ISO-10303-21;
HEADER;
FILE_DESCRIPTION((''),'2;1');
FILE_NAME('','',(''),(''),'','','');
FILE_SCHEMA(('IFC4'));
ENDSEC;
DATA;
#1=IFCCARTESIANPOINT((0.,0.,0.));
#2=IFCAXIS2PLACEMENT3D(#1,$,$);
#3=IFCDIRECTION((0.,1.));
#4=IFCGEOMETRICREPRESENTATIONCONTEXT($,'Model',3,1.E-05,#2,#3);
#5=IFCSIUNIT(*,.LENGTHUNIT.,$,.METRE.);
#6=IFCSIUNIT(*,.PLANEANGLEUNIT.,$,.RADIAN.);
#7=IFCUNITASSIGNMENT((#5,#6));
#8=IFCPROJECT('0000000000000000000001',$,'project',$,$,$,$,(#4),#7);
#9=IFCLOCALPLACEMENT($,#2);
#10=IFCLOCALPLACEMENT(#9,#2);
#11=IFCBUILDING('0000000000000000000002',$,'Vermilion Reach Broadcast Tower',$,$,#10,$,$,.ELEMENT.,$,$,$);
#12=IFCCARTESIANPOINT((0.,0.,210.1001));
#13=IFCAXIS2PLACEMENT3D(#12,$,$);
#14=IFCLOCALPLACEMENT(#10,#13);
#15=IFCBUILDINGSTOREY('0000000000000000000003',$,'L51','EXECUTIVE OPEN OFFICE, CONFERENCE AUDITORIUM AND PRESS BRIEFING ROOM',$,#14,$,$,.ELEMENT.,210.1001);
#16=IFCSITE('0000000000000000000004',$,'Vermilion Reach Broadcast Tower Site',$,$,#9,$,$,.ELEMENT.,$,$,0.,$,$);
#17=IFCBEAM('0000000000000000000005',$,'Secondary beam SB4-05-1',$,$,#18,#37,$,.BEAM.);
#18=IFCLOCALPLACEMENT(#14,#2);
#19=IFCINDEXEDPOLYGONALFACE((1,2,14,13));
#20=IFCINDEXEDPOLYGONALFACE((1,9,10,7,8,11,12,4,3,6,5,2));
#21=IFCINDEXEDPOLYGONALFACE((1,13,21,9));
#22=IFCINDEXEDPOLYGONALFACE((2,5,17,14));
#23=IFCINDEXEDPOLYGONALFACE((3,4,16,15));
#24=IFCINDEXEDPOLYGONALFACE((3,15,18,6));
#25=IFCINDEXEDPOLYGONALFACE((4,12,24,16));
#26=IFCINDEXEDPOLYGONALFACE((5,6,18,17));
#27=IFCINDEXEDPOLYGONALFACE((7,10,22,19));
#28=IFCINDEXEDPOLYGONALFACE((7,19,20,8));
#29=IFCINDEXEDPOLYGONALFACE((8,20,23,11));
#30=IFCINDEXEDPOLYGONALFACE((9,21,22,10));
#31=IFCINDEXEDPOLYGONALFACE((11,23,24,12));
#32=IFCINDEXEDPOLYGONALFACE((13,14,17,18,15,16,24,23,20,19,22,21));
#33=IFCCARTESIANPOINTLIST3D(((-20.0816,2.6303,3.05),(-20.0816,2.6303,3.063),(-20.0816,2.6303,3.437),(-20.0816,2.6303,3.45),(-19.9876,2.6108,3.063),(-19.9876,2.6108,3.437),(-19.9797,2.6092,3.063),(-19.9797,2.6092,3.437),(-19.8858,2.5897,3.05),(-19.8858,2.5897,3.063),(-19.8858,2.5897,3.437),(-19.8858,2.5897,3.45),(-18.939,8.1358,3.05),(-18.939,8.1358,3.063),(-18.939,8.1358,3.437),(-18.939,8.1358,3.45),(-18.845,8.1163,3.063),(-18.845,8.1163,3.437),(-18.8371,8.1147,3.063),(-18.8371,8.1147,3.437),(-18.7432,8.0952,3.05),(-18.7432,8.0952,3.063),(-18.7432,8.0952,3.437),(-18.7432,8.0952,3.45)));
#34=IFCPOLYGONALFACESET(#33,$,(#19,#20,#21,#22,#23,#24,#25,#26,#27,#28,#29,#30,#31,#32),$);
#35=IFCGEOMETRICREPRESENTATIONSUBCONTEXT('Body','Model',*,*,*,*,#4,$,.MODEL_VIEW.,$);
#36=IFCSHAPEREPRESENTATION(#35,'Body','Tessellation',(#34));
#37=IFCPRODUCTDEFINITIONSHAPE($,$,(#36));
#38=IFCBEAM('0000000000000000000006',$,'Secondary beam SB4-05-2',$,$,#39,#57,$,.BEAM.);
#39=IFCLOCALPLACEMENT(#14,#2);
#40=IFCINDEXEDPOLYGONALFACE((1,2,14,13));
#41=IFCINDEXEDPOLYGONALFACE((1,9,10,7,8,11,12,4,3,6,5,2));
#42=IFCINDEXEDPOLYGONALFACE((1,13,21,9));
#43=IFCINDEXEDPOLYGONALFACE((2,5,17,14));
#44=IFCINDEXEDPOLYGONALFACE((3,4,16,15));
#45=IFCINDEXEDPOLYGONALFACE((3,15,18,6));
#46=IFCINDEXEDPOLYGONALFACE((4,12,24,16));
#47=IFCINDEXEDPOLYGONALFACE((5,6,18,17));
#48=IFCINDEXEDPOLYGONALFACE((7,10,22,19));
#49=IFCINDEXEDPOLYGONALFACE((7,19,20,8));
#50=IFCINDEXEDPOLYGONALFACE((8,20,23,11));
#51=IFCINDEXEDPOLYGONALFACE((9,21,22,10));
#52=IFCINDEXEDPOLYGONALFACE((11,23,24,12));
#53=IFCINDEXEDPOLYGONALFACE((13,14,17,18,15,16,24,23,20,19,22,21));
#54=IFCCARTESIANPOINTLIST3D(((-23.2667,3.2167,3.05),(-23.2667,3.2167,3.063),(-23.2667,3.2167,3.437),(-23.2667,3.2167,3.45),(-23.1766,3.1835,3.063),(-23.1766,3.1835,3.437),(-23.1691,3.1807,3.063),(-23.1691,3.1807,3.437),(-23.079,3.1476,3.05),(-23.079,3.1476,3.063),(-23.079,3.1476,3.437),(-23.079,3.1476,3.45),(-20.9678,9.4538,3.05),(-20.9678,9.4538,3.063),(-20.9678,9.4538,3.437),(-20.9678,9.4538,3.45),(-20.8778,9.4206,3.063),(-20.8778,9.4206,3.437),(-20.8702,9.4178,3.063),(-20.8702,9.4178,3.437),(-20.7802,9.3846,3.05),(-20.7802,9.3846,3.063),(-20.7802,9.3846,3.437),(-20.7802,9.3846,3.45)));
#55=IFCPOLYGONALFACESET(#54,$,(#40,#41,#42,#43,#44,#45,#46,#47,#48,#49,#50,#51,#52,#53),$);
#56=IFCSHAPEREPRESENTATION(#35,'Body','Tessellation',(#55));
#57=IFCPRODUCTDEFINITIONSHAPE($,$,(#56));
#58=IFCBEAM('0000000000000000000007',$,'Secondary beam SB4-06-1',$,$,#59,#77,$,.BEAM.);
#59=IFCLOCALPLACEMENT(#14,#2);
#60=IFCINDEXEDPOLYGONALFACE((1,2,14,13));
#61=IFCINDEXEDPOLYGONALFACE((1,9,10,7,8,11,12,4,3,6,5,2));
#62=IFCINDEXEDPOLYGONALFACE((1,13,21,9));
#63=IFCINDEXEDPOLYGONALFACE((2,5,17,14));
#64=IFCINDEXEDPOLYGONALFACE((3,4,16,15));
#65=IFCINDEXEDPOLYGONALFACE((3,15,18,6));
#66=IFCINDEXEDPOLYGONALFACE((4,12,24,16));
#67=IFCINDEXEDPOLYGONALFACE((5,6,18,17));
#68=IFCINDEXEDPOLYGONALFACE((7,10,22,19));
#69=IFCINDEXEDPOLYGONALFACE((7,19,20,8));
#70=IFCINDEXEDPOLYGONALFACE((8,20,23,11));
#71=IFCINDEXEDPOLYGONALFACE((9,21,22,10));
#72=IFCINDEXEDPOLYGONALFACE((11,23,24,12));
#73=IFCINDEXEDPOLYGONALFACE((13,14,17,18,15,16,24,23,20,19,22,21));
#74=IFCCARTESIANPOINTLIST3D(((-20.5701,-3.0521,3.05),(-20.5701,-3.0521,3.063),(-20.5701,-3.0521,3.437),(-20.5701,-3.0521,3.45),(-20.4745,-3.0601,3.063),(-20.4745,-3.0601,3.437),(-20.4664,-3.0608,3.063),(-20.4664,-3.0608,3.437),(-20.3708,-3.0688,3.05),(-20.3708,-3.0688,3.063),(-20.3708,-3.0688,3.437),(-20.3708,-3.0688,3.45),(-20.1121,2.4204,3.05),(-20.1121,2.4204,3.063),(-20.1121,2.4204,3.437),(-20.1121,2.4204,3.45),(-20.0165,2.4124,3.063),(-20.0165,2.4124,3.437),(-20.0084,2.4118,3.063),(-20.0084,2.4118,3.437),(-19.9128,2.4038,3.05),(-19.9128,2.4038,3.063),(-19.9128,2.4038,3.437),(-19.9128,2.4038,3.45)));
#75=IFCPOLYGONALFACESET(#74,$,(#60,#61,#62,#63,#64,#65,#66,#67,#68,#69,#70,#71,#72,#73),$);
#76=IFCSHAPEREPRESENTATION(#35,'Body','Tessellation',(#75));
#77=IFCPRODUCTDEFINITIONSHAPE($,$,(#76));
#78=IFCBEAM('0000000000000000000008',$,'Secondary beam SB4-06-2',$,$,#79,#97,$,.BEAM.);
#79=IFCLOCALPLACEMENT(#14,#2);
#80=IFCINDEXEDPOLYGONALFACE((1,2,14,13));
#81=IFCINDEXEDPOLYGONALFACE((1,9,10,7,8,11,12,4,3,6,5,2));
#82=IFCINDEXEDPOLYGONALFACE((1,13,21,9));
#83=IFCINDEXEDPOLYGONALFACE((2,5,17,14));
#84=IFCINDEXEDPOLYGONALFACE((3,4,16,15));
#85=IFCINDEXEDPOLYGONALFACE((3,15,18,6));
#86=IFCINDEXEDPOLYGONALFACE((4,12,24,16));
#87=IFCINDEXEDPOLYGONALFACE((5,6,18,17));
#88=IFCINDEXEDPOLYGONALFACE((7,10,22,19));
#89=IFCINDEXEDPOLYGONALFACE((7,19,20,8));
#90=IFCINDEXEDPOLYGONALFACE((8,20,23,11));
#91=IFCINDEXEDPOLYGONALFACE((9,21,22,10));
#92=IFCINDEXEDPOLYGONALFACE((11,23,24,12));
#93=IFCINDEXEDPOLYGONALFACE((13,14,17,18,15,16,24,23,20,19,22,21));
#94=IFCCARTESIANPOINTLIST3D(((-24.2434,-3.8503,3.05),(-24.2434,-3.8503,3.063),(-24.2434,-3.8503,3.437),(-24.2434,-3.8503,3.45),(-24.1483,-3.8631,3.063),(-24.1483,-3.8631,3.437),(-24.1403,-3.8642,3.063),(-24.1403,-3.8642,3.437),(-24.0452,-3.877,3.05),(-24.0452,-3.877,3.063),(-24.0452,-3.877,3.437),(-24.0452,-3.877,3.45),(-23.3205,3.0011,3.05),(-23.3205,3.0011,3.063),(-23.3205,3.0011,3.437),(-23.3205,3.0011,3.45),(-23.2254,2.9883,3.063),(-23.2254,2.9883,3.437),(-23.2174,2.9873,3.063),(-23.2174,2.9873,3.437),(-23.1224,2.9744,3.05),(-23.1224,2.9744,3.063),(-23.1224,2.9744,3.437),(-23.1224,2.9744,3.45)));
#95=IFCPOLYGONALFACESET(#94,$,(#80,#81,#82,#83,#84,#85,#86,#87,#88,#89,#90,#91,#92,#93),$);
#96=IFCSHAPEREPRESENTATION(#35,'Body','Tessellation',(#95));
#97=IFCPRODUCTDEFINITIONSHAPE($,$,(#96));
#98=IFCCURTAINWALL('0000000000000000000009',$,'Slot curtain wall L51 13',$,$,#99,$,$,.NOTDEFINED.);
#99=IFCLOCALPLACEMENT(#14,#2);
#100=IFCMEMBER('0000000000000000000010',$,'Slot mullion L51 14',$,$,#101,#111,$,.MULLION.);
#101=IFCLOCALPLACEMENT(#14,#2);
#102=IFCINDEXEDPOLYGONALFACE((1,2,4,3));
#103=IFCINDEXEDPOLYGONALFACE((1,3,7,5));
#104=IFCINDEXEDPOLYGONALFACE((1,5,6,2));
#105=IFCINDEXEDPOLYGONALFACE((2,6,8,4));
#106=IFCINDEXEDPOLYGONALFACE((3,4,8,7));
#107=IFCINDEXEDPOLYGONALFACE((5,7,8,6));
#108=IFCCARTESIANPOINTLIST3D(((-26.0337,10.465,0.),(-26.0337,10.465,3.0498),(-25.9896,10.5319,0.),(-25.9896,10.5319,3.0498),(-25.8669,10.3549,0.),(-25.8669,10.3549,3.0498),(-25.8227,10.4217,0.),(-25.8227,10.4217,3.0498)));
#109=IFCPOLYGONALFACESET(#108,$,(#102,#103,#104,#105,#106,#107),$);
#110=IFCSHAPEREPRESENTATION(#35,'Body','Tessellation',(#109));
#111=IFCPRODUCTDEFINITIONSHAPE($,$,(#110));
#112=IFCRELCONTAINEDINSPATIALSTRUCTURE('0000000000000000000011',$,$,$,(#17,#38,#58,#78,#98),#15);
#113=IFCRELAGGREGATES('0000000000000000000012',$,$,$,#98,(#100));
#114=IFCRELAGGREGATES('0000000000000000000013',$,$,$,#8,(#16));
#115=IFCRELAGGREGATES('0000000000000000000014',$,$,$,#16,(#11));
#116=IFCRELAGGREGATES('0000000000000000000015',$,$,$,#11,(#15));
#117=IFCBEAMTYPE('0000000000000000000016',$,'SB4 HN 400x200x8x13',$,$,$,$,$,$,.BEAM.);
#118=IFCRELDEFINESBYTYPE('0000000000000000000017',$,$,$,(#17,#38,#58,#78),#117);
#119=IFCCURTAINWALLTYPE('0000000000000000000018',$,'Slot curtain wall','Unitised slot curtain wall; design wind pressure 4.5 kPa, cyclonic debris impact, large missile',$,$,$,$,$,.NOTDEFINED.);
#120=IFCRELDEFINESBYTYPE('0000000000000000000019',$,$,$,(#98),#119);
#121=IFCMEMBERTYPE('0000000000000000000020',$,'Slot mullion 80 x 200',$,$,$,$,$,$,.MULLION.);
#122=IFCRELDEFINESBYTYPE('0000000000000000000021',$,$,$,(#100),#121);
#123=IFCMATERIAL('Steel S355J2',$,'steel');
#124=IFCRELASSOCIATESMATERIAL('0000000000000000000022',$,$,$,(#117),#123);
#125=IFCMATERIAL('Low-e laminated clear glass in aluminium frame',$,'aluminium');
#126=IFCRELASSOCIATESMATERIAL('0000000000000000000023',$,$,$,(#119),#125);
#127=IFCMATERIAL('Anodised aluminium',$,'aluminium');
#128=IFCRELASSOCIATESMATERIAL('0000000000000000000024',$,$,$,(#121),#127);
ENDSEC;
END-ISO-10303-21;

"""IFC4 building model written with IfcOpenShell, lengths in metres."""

from ifc_helpers import new_model, si_unit, direction, frame, origin, origin_2d, place, context, subcontext, project, spatial, rectangle, i_section, extrude, material, material_profile, profile_set, type_object, element, aggregate, save


model = new_model("IFC4")

# Units and contexts
model_context = context("Model", 3, precision=1e-05, world=origin(), true_north=direction((0.0, 1.0)))
body_context = subcontext(model_context, "Body", "Model", "MODEL_VIEW")
ifc_project = project(units=[si_unit("LENGTHUNIT", "METRE"), si_unit("PLANEANGLEUNIT", "RADIAN")], contexts=[model_context])

# Site, building, storey
site_placement = place(None, origin())
site = spatial("IfcSite", under=ifc_project, at=site_placement, Name="Vermilion Reach Broadcast Tower Site", CompositionType="ELEMENT", RefElevation=0.0)
building_placement = place(site_placement, origin())
building = spatial("IfcBuilding", under=site, at=building_placement, Name="Vermilion Reach Broadcast Tower", CompositionType="ELEMENT")
storey_placement = place(building_placement, frame((0.0, 0.0, 210.1001)))
storey = spatial("IfcBuildingStorey", under=building, at=storey_placement, Name="L51", Description="EXECUTIVE OPEN OFFICE, CONFERENCE AUDITORIUM AND PRESS BRIEFING ROOM", CompositionType="ELEMENT", Elevation=210.1001)

# Beams
ifc_material_1 = material(Name="Steel S355J2", Category="steel")
ifc_material_profile_1 = material_profile(ifc_material_1, i_section(OverallWidth=0.2, OverallDepth=0.3999, WebThickness=0.0081, FlangeThickness=0.0129, at=origin_2d()), Name="S355J2 HN 400x200x8x13")
ifc_profile_set_1 = profile_set([ifc_material_profile_1], Name="Steel S355J2")
beam_type_1 = type_object("IfcBeamType", Name="SB4 HN 400x200x8x13", PredefinedType="BEAM", material=ifc_profile_set_1)
beam_1_placement = place(storey_placement, frame((-18.8411, 8.1155, 3.25), z_axis=(-0.203209, -0.979135, 0.0), x_axis=(0.979135, -0.203209, 0.0)))
element("IfcBeam", 1, at=beam_1_placement, inside=storey, type_object=beam_type_1, Name="Secondary beam SB4-05-1", PredefinedType="BEAM", context=body_context, shape_type="SweptSolid", body=[
    extrude(i_section(OverallWidth=0.2, OverallDepth=0.3999, WebThickness=0.0081, FlangeThickness=0.0129, at=origin_2d()), origin(), (0.0, 0.0, 1.0), 5.6228),
])
beam_2_placement = place(storey_placement, frame((-20.874, 9.4192, 3.25), z_axis=(-0.345833, -0.938296, 0.0), x_axis=(0.938296, -0.345833, 0.0)))
element("IfcBeam", 2, at=beam_2_placement, inside=storey, type_object=beam_type_1, Name="Secondary beam SB4-05-2", PredefinedType="BEAM", context=body_context, shape_type="SweptSolid", body=[
    extrude(i_section(OverallWidth=0.2, OverallDepth=0.3999, WebThickness=0.0081, FlangeThickness=0.0129, at=origin_2d()), origin(), (0.0, 0.0, 1.0), 6.6472),
])
beam_3_placement = place(storey_placement, frame((-20.0125, 2.4121, 3.25), z_axis=(-0.083399, -0.996516, 0.0), x_axis=(0.996516, -0.083399, 0.0)))
element("IfcBeam", 3, at=beam_3_placement, inside=storey, type_object=beam_type_1, Name="Secondary beam SB4-06-1", PredefinedType="BEAM", context=body_context, shape_type="SweptSolid", body=[
    extrude(i_section(OverallWidth=0.2, OverallDepth=0.3999, WebThickness=0.0081, FlangeThickness=0.0129, at=origin_2d()), origin(), (0.0, 0.0, 1.0), 5.4917),
])
beam_4_placement = place(storey_placement, frame((-23.2214, 2.9878, 3.25), z_axis=(-0.133487, -0.991051, 0.0), x_axis=(0.991051, -0.133487, 0.0)))
element("IfcBeam", 4, at=beam_4_placement, inside=storey, type_object=beam_type_1, Name="Secondary beam SB4-06-2", PredefinedType="BEAM", context=body_context, shape_type="SweptSolid", body=[
    extrude(i_section(OverallWidth=0.2, OverallDepth=0.3999, WebThickness=0.0081, FlangeThickness=0.0129, at=origin_2d()), origin(), (0.0, 0.0, 1.0), 6.9133),
])

# Curtain wall, member
ifc_material_2 = material(Name="Low-e laminated clear glass in aluminium frame", Category="aluminium")
curtain_wall_type = type_object("IfcCurtainWallType", Name="Slot curtain wall", Description="Unitised slot curtain wall; design wind pressure 4.5 kPa, cyclonic debris impact, large missile", PredefinedType="NOTDEFINED", material=ifc_material_2)
curtain_wall_placement = place(storey_placement, origin())
curtain_wall = element("IfcCurtainWall", 5, at=curtain_wall_placement, inside=storey, type_object=curtain_wall_type, Name="Slot curtain wall L51 13", PredefinedType="NOTDEFINED")
ifc_material_3 = material(Name="Anodised aluminium", Category="aluminium")
ifc_material_profile_2 = material_profile(ifc_material_3, rectangle(XDim=0.2, YDim=0.0801, at=origin_2d()), Name="Slot mullion 80 x 200")
ifc_profile_set_2 = profile_set([ifc_material_profile_2], Name="Anodised aluminium")
member_type = type_object("IfcMemberType", Name="Slot mullion 80 x 200", PredefinedType="MULLION", material=ifc_profile_set_2)
member_placement = place(storey_placement, frame((-25.9282, 10.4434, 0.0), z_axis=(0.0, 0.0, 1.0), x_axis=(0.834473, -0.551049, 0.0)))
member = element("IfcMember", 6, at=member_placement, type_object=member_type, Name="Slot mullion L51 14", PredefinedType="MULLION", context=body_context, shape_type="SweptSolid", body=[
    extrude(rectangle(XDim=0.2, YDim=0.0801, at=origin_2d()), origin(), (0.0, 0.0, 1.0), 3.0498),
])
aggregate(curtain_wall, [member])

save(model, "model.ifc")
